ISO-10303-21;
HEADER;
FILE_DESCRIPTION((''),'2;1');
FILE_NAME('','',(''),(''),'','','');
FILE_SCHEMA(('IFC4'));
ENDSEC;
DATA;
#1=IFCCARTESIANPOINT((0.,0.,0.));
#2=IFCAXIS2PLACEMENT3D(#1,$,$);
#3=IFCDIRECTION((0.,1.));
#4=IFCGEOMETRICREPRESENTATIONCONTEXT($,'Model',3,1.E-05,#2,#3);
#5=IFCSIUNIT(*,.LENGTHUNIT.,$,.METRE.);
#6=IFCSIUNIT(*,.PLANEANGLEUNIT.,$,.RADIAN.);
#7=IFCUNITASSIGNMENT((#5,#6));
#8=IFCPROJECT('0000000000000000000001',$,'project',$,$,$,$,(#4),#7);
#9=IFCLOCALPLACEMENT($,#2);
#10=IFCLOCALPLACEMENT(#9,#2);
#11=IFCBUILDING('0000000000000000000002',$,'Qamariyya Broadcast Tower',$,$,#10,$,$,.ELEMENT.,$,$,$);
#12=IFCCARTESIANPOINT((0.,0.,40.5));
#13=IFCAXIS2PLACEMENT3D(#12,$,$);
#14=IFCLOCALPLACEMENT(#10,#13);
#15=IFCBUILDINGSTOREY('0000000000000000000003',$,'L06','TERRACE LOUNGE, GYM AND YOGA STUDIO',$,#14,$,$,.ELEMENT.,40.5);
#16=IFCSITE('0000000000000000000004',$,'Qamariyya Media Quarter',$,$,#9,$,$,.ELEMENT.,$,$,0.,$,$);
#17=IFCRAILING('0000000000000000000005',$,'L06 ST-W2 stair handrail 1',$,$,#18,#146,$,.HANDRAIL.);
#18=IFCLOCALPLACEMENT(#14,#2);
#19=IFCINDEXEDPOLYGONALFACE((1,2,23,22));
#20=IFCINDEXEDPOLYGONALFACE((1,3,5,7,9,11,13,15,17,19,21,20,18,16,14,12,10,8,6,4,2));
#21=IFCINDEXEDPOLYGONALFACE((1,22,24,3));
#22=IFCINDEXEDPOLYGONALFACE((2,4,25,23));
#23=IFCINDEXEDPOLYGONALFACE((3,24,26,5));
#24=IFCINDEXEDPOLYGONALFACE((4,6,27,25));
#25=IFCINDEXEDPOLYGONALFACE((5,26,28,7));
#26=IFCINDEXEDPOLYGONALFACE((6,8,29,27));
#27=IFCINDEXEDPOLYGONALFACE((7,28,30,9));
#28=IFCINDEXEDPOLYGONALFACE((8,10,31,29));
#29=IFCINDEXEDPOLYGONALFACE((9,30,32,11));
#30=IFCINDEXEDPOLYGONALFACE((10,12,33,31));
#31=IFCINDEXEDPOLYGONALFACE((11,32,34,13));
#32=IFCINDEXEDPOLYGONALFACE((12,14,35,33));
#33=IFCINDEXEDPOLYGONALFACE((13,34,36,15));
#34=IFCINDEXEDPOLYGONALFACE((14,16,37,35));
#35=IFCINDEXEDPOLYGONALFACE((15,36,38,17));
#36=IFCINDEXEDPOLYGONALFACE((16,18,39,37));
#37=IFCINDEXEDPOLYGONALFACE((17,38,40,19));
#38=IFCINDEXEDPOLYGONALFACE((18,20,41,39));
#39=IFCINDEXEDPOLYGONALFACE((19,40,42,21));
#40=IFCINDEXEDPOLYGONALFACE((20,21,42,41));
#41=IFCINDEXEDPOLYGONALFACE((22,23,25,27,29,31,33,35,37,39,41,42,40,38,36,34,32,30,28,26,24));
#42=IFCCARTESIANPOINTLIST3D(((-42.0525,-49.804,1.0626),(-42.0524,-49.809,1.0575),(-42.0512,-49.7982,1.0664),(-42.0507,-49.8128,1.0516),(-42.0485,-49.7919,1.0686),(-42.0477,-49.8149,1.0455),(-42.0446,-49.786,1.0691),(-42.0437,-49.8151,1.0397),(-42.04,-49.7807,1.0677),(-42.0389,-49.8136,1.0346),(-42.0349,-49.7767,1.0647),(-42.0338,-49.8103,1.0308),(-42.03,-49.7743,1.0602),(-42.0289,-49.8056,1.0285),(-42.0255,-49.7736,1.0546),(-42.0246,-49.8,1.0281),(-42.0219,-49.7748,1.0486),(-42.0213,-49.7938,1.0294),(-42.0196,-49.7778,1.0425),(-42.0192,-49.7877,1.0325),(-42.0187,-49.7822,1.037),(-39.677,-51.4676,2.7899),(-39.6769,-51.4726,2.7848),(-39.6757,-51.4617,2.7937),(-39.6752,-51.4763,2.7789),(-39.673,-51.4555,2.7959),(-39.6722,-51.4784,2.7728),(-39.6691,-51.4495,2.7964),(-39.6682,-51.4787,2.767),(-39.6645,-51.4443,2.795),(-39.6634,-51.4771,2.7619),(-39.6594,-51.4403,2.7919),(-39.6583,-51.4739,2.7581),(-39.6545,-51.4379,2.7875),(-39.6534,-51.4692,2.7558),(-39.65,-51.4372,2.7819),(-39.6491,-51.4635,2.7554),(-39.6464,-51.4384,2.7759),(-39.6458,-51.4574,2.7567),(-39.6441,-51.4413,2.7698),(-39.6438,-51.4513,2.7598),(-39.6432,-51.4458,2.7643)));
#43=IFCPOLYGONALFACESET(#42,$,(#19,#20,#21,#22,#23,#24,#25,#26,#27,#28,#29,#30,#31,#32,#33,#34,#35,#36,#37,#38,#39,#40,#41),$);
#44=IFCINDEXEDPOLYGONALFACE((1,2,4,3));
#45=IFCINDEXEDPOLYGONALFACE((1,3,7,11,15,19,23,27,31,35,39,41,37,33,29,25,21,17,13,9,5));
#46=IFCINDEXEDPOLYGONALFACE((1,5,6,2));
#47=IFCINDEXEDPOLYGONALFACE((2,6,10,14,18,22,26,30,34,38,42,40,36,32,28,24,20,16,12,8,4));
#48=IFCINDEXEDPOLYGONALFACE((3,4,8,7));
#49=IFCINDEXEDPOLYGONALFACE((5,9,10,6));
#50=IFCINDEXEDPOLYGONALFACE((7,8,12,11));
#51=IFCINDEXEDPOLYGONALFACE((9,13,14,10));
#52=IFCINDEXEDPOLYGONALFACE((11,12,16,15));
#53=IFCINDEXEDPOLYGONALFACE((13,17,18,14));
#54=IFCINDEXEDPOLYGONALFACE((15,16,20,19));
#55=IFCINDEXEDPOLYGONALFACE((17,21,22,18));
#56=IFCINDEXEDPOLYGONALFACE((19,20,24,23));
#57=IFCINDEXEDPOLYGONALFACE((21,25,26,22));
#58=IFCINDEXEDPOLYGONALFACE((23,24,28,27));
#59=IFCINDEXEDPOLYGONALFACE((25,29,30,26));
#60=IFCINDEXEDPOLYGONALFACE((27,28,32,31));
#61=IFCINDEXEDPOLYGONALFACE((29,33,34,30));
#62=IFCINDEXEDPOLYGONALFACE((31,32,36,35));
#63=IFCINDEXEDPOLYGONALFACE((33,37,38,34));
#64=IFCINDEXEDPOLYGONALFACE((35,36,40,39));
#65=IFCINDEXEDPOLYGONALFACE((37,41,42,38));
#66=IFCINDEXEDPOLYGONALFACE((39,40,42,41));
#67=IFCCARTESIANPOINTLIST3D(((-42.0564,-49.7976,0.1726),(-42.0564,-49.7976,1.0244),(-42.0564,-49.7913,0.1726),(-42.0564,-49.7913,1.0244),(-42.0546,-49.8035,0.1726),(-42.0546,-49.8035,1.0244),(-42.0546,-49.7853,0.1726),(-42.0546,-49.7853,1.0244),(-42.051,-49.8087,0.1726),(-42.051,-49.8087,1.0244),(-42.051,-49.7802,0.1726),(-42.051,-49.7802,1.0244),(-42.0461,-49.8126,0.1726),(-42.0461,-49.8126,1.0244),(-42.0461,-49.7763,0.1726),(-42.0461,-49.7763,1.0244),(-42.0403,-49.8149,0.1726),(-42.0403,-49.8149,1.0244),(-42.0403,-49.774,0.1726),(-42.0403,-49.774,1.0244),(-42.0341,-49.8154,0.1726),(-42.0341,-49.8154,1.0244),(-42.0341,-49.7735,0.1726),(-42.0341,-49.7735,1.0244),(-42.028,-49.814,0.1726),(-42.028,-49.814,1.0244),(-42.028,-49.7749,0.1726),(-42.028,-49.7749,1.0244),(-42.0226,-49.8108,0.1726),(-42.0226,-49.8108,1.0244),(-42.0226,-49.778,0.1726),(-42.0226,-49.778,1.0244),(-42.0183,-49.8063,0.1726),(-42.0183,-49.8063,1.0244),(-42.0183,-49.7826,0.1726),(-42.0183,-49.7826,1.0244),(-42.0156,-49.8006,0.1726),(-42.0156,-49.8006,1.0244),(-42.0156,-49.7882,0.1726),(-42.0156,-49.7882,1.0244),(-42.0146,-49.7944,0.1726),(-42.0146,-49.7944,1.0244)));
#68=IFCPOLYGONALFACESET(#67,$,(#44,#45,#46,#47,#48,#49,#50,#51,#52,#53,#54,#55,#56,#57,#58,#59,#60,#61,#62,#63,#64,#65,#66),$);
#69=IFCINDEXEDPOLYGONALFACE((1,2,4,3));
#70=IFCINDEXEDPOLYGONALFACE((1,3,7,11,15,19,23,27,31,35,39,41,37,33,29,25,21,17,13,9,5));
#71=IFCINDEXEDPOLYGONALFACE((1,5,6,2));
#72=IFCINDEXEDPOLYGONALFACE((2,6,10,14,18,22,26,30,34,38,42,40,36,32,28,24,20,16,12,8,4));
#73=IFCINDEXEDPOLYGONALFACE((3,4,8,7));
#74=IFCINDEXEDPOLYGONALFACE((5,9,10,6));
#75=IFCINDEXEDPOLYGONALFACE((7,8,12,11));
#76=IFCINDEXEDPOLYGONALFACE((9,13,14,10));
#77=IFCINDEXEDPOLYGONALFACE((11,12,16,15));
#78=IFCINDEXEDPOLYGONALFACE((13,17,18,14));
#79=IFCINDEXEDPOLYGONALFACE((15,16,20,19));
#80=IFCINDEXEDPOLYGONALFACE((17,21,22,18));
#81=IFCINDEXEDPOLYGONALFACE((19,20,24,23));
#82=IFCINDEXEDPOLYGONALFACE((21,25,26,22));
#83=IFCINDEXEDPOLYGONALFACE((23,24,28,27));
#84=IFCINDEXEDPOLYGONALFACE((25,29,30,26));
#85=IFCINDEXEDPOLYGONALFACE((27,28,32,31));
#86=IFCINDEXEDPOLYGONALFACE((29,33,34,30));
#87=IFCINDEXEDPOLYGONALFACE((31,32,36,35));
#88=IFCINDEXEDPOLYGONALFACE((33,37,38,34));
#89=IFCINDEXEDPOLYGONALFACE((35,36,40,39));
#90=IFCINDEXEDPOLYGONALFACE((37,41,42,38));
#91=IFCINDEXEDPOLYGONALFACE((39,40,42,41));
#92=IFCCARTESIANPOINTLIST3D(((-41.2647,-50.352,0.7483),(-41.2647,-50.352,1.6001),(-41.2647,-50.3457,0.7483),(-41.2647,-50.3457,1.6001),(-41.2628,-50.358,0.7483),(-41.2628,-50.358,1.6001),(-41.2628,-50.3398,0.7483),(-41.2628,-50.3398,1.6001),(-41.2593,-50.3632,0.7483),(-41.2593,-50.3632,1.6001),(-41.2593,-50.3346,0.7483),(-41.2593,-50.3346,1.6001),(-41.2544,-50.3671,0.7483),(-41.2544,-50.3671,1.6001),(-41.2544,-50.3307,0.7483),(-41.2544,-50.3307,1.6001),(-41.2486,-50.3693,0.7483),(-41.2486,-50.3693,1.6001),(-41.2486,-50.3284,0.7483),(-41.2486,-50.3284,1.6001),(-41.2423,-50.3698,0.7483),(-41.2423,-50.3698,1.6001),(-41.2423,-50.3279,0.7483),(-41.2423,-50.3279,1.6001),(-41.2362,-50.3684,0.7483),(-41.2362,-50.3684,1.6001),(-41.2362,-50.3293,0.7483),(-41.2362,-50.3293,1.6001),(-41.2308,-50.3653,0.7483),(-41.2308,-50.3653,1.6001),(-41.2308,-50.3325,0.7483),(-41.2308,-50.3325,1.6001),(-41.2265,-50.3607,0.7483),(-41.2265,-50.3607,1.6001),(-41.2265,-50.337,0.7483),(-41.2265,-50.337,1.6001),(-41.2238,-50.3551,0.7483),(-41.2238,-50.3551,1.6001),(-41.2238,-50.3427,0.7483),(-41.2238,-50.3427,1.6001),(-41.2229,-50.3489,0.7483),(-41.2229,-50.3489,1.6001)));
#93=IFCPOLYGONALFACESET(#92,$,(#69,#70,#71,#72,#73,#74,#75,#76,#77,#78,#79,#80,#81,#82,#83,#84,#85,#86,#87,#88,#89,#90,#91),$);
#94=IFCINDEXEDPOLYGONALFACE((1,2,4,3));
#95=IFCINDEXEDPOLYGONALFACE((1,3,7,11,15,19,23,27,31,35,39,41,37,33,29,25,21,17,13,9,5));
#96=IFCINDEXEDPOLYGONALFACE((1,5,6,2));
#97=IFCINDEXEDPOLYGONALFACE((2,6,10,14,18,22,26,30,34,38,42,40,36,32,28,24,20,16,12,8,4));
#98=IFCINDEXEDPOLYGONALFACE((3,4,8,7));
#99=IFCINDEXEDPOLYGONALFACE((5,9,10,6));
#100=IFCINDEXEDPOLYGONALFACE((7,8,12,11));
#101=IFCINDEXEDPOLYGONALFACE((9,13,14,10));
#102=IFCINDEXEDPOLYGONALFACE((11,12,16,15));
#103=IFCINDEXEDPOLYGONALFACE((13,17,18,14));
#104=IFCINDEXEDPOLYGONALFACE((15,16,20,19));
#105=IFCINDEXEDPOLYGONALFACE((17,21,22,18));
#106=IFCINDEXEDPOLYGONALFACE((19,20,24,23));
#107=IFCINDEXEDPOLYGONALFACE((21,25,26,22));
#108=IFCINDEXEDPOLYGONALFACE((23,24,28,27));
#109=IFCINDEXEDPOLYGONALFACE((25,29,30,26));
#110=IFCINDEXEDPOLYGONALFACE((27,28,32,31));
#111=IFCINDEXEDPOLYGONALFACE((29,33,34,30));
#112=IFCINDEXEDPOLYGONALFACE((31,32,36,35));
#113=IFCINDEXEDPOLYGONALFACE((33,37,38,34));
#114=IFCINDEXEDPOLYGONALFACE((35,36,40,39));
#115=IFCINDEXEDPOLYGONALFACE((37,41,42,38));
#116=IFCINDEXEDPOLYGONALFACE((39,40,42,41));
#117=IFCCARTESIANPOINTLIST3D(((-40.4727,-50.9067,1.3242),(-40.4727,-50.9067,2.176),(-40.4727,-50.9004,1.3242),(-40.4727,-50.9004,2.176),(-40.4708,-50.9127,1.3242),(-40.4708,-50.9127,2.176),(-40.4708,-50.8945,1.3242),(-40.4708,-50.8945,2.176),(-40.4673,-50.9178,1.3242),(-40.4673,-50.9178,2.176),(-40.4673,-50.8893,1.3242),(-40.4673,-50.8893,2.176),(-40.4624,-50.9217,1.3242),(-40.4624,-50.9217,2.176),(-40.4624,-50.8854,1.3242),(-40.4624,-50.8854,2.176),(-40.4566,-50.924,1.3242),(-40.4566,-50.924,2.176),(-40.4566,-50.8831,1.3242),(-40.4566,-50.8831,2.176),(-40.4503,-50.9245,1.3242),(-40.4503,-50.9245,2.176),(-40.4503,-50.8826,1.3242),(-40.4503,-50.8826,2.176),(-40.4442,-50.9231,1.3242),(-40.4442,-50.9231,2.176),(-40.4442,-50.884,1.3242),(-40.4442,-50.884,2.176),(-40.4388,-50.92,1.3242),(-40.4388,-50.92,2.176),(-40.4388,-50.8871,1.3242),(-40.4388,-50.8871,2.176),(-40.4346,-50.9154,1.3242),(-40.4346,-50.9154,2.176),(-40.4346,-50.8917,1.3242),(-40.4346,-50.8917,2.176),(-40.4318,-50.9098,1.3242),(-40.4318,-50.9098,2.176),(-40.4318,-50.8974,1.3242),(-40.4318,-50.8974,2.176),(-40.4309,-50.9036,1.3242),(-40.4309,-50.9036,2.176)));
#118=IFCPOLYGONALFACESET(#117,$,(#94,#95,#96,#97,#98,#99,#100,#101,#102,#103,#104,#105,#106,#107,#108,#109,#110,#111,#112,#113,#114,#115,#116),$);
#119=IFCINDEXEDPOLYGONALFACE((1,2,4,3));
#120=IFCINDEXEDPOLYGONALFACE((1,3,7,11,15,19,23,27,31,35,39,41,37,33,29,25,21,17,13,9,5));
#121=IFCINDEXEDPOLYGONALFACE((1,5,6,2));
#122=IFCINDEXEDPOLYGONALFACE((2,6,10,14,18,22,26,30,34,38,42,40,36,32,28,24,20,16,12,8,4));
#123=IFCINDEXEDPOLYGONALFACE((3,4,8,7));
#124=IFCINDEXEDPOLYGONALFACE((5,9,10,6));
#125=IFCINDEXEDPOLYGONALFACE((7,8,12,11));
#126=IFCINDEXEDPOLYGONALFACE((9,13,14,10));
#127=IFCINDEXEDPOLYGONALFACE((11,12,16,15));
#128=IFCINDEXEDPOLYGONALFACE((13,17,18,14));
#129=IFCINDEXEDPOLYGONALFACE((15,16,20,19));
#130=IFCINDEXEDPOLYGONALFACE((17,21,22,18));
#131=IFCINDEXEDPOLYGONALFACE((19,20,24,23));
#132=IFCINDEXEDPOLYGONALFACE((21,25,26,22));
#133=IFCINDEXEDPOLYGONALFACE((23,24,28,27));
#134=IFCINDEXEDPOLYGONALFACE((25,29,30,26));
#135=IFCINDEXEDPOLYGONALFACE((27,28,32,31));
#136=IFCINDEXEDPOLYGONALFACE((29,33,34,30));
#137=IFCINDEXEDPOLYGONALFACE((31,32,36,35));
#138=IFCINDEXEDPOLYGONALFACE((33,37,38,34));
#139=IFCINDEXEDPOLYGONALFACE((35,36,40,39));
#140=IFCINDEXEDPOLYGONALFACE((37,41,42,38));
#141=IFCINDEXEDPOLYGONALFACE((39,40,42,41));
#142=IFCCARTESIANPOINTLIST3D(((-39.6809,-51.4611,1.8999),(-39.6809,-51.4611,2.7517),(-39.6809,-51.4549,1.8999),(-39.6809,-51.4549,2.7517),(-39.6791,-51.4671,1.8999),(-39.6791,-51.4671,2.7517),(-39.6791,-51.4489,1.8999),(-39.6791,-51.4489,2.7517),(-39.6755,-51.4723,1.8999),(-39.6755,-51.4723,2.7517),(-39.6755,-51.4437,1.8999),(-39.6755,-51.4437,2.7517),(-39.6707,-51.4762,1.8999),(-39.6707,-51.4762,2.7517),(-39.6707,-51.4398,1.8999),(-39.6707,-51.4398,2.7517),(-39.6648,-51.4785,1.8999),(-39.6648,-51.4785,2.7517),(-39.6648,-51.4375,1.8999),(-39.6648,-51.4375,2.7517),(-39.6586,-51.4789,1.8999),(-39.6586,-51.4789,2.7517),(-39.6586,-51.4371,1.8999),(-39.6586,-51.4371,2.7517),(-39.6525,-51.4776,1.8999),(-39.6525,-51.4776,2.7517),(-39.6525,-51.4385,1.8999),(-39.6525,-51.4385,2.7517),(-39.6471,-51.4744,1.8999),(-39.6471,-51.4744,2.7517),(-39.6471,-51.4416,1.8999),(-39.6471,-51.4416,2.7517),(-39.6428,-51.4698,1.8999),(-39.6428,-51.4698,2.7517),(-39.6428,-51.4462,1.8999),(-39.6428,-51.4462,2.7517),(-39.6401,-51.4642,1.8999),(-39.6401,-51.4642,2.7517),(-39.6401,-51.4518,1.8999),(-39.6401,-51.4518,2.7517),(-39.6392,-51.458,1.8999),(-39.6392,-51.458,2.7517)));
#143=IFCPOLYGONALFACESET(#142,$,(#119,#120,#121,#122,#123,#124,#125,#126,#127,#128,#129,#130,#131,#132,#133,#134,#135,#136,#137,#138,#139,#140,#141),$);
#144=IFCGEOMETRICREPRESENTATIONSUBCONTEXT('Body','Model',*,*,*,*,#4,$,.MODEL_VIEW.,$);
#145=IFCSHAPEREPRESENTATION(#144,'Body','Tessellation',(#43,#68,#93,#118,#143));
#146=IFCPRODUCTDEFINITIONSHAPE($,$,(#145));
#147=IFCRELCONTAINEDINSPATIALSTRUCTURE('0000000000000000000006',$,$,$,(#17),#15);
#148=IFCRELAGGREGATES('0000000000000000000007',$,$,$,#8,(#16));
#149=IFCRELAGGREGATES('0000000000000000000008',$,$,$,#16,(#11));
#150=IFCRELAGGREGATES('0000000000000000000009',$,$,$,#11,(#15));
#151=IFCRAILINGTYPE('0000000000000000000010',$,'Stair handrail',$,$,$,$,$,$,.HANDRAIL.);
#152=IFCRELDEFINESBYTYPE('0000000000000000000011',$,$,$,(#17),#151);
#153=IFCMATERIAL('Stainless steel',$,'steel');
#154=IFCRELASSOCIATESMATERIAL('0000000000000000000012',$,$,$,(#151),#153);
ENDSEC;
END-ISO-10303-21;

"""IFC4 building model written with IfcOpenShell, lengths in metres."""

from ifc_helpers import new_model, si_unit, direction, frame, origin, origin_2d, place, context, subcontext, project, spatial, circle, extrude, material, type_object, element, save


model = new_model("IFC4")

# Units and contexts
model_context = context("Model", 3, precision=1e-05, world=origin(), true_north=direction((0.0, 1.0)))
body_context = subcontext(model_context, "Body", "Model", "MODEL_VIEW")
ifc_project = project(units=[si_unit("LENGTHUNIT", "METRE"), si_unit("PLANEANGLEUNIT", "RADIAN")], contexts=[model_context])

# Site, building, storey
site_placement = place(None, origin())
site = spatial("IfcSite", under=ifc_project, at=site_placement, Name="Qamariyya Media Quarter", CompositionType="ELEMENT", RefElevation=0.0)
building_placement = place(site_placement, origin())
building = spatial("IfcBuilding", under=site, at=building_placement, Name="Qamariyya Broadcast Tower", CompositionType="ELEMENT")
storey_placement = place(building_placement, frame((0.0, 0.0, 40.5)))
storey = spatial("IfcBuildingStorey", under=building, at=storey_placement, Name="L06", Description="TERRACE LOUNGE, GYM AND YOGA STUDIO", CompositionType="ELEMENT", Elevation=40.5)

# Railing
ifc_material_1 = material(Name="Stainless steel", Category="steel")
railing_type_1 = type_object("IfcRailingType", Name="Stair handrail", PredefinedType="HANDRAIL", material=ifc_material_1)
railing_1_placement = place(storey_placement, frame((-42.0356, -49.7944, 0.1726)))
element("IfcRailing", 1, at=railing_1_placement, inside=storey, type_object=railing_type_1, Name="L06 ST-W2 stair handrail 1", PredefinedType="HANDRAIL", context=body_context, shape_type="SweptSolid", body=[
    extrude(circle(Radius=0.0239, at=origin_2d()), frame((0.0, 0.0, 0.876), z_axis=(0.703745, -0.492838, 0.511716), x_axis=(0.573632, 0.819113, 0.0)), (0.0, 0.0, 1.0), 3.3755),
    extrude(circle(Radius=0.021, at=origin_2d()), origin(), (0.0, 0.0, 1.0), 0.8518),
    extrude(circle(Radius=0.021, at=origin_2d()), frame((0.7917, -0.5544, 0.5757)), (0.0, 0.0, 1.0), 0.8518),
    extrude(circle(Radius=0.021, at=origin_2d()), frame((1.5837, -1.1091, 1.1516)), (0.0, 0.0, 1.0), 0.8518),
    extrude(circle(Radius=0.021, at=origin_2d()), frame((2.3755, -1.6636, 1.7273)), (0.0, 0.0, 1.0), 0.8518),
])

save(model, "model.ifc")
